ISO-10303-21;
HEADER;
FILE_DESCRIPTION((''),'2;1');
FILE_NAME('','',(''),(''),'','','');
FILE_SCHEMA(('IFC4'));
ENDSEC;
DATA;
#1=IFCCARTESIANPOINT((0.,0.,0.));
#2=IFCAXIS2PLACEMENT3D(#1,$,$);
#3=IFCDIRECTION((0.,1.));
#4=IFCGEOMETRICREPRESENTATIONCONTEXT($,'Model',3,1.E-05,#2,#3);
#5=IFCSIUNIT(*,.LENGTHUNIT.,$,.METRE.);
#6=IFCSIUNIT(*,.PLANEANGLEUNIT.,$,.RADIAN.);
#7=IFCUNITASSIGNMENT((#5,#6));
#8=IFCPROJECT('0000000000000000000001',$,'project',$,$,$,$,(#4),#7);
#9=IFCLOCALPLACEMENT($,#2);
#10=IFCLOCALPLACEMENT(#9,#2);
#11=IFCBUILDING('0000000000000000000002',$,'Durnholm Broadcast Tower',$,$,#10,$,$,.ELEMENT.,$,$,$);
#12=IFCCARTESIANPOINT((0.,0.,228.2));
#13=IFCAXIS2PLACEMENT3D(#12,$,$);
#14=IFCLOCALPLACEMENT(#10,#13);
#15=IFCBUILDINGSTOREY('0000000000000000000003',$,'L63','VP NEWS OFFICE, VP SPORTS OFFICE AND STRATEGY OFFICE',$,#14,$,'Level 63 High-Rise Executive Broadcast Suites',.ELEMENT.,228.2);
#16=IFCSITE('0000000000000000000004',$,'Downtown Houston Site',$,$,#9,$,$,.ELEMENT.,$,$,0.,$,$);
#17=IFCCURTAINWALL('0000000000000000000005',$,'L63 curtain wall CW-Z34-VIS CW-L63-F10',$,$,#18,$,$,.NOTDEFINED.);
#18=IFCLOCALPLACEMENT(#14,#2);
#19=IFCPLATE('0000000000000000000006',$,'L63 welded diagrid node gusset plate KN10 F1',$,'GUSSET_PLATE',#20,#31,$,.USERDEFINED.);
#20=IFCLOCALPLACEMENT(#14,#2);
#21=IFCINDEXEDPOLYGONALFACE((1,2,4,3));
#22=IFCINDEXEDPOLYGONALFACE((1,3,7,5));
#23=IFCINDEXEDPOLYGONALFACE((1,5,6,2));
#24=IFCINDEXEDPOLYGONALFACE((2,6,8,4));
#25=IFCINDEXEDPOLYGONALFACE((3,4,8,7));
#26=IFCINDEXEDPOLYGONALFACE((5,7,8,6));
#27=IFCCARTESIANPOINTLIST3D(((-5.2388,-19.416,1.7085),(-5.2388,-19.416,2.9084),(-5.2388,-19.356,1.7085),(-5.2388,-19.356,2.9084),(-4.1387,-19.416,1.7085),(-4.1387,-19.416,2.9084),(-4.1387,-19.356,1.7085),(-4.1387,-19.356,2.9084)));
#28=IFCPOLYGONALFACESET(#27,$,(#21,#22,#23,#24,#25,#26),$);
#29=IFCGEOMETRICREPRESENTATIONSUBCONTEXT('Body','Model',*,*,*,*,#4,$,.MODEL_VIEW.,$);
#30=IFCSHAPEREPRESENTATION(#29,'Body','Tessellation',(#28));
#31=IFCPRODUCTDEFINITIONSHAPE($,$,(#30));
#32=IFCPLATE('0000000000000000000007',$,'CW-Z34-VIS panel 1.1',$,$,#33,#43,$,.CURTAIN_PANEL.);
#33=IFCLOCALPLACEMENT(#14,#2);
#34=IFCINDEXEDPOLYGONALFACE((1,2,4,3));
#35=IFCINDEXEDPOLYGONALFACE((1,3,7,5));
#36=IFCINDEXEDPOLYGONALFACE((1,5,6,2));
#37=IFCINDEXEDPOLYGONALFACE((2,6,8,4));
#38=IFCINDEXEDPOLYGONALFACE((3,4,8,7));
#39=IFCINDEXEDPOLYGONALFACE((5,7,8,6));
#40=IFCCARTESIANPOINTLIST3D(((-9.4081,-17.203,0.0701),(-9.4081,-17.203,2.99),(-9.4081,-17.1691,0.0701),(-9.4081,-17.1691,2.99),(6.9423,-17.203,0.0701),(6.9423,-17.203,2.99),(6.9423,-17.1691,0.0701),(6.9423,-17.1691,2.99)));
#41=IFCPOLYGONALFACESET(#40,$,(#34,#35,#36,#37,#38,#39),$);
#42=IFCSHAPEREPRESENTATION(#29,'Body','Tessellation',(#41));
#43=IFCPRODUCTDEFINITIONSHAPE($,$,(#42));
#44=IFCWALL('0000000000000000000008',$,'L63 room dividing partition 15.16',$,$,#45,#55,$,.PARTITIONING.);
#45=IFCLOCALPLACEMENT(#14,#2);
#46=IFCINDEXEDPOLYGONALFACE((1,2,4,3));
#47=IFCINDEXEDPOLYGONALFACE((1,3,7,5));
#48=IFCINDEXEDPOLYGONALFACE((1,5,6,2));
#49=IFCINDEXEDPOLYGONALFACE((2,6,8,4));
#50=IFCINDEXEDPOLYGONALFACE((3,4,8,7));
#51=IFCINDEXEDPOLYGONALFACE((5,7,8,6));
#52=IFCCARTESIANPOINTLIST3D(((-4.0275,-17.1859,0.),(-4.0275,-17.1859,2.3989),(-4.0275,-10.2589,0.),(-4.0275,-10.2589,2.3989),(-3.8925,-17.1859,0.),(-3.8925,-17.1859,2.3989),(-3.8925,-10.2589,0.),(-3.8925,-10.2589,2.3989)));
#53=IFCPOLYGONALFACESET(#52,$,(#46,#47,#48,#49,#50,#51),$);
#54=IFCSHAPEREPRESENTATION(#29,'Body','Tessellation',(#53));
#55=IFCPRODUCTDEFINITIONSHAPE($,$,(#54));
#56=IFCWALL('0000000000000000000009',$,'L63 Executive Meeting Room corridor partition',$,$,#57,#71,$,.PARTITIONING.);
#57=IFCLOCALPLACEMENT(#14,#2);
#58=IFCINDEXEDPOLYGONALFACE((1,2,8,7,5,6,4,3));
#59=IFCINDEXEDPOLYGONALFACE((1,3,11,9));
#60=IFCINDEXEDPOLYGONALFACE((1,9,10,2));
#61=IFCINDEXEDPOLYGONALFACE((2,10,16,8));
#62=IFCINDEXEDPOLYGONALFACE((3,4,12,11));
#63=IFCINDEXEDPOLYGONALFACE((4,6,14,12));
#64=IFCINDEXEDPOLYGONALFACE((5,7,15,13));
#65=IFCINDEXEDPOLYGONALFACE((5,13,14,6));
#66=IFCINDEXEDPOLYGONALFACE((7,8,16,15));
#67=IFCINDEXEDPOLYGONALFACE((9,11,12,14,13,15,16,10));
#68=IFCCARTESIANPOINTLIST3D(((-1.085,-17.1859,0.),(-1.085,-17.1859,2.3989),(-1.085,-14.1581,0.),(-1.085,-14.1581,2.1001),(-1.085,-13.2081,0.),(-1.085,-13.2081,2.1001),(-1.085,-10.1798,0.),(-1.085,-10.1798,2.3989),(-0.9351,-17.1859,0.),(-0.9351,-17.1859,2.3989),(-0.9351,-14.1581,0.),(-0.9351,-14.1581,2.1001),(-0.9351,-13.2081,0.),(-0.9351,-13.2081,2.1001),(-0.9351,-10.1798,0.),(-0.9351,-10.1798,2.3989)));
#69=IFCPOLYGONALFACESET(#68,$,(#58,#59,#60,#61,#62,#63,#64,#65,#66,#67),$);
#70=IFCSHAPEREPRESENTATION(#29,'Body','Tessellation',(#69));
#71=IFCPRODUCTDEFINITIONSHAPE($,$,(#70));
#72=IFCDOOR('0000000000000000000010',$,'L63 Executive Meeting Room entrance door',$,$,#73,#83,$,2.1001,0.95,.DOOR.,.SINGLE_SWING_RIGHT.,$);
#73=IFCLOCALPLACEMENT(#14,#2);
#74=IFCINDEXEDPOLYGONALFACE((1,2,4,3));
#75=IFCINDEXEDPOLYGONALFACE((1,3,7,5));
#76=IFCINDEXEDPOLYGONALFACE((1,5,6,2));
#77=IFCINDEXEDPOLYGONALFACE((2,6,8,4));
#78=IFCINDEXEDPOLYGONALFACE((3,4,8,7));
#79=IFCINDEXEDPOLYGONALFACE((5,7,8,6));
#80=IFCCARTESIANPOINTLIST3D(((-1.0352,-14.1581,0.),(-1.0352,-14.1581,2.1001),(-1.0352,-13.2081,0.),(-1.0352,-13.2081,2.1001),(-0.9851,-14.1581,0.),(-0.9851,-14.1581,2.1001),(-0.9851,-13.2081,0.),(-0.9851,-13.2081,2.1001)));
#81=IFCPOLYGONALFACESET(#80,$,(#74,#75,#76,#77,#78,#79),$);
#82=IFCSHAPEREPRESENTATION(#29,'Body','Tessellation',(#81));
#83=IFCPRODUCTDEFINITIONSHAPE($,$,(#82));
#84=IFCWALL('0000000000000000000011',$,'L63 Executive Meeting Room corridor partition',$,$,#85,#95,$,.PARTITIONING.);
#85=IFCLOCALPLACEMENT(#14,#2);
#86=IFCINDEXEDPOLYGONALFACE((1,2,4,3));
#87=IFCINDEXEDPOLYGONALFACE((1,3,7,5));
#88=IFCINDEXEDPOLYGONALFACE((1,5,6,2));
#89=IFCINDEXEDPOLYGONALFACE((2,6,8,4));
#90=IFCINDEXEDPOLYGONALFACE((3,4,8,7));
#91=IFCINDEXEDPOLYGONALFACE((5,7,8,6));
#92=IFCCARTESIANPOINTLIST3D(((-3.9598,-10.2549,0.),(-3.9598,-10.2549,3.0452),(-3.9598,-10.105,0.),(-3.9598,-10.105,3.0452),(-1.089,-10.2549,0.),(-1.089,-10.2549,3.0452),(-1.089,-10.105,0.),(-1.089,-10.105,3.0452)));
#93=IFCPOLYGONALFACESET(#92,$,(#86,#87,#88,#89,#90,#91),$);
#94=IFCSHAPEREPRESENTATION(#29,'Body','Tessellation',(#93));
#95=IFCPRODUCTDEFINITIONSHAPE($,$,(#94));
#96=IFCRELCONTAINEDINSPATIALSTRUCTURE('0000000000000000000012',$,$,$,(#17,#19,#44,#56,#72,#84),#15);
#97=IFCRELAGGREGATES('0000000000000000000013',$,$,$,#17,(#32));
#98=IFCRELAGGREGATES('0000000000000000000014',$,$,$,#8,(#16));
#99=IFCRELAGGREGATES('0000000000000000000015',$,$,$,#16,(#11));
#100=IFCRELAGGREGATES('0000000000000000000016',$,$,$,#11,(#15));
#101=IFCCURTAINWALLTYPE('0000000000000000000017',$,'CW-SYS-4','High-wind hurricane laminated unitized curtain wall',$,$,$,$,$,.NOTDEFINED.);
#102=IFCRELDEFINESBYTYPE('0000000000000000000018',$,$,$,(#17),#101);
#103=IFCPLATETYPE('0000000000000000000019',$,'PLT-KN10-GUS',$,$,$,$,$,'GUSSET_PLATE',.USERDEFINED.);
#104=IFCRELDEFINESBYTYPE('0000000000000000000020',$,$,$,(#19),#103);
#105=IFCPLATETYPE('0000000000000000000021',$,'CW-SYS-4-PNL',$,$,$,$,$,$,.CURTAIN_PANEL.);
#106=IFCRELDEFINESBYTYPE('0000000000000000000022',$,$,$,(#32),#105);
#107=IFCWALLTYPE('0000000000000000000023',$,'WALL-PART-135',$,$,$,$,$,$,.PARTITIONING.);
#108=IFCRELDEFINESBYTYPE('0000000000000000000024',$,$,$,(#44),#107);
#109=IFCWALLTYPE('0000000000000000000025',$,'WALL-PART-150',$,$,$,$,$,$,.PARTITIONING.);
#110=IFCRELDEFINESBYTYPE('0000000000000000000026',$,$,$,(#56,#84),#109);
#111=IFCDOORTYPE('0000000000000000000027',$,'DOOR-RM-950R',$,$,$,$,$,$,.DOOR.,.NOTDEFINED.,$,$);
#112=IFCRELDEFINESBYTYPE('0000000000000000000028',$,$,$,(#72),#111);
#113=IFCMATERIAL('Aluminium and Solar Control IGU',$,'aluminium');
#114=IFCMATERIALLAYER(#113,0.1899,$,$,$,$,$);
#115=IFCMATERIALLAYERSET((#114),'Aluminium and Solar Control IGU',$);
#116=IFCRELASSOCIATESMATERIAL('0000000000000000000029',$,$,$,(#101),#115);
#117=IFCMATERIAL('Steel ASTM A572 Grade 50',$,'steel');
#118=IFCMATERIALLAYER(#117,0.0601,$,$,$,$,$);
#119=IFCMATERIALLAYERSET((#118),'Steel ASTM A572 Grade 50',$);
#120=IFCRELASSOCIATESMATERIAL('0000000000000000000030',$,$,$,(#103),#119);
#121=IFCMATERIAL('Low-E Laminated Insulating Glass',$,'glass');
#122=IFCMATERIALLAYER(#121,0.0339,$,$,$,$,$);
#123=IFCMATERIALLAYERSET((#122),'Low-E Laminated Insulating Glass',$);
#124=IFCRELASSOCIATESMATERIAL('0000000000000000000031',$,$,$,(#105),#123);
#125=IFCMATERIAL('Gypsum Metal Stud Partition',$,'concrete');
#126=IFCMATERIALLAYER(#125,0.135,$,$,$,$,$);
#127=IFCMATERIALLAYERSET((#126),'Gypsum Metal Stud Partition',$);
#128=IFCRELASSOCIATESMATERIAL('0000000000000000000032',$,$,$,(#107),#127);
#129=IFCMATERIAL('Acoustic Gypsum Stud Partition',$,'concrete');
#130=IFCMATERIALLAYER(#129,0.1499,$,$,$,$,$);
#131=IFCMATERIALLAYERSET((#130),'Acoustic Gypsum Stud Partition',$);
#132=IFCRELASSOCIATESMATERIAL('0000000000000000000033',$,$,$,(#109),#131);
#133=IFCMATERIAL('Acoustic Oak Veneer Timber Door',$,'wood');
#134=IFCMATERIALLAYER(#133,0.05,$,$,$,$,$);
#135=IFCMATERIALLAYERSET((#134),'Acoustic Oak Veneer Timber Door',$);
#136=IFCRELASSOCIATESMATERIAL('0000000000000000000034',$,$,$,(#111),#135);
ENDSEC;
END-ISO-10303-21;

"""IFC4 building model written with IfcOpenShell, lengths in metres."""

from ifc_helpers import new_model, si_unit, direction, frame, frame_2d, origin, origin_2d, place, context, subcontext, project, spatial, rectangle, extrude, source, transform, mapped, material, layer, layer_set, type_object, type_shapes, element, fill, aggregate, save


model = new_model("IFC4")

# Units and contexts
model_context = context("Model", 3, precision=1e-05, world=origin(), true_north=direction((0.0, 1.0)))
body_context = subcontext(model_context, "Body", "Model", "MODEL_VIEW")
ifc_project = project(units=[si_unit("LENGTHUNIT", "METRE"), si_unit("PLANEANGLEUNIT", "RADIAN")], contexts=[model_context])

# Site, building, storey
site_placement = place(None, origin())
site = spatial("IfcSite", under=ifc_project, at=site_placement, Name="Downtown Houston Site", CompositionType="ELEMENT", RefElevation=0.0)
building_placement = place(site_placement, origin())
building = spatial("IfcBuilding", under=site, at=building_placement, Name="Durnholm Broadcast Tower", CompositionType="ELEMENT")
storey_placement = place(building_placement, frame((0.0, 0.0, 228.2)))
storey = spatial("IfcBuildingStorey", under=building, at=storey_placement, Name="L63", Description="VP NEWS OFFICE, VP SPORTS OFFICE AND STRATEGY OFFICE", LongName="Level 63 High-Rise Executive Broadcast Suites", CompositionType="ELEMENT", Elevation=228.2)

# Shared definitions
ifc_material_1 = material(Name="Aluminium and Solar Control IGU", Category="aluminium")

# Curtain wall
ifc_layer_1 = layer(ifc_material_1, 0.1899)
ifc_layer_set_1 = layer_set([ifc_layer_1], Name="Aluminium and Solar Control IGU")
curtain_wall_type_1 = type_object("IfcCurtainWallType", Name="CW-SYS-4", Description="High-wind hurricane laminated unitized curtain wall", PredefinedType="NOTDEFINED", material=ifc_layer_set_1)
curtain_wall_1_placement = place(storey_placement, origin())
curtain_wall_1 = element("IfcCurtainWall", 1, at=curtain_wall_1_placement, inside=storey, type_object=curtain_wall_type_1, Name="L63 curtain wall CW-Z34-VIS CW-L63-F10", PredefinedType="NOTDEFINED")

# Plate
ifc_material_2 = material(Name="Steel ASTM A572 Grade 50", Category="steel")
ifc_layer_2 = layer(ifc_material_2, 0.0601)
ifc_layer_set_2 = layer_set([ifc_layer_2], Name="Steel ASTM A572 Grade 50")
plate_type_1 = type_object("IfcPlateType", Name="PLT-KN10-GUS", ElementType="GUSSET_PLATE", PredefinedType="USERDEFINED", material=ifc_layer_set_2)
shared_shape_1 = source(origin(), body_context, "Body", "SweptSolid", [
    extrude(rectangle(XDim=1.1001, YDim=0.0601, at=origin_2d()), origin(), (0.0, 0.0, 1.0), 1.2),
])
type_shapes(plate_type_1, [shared_shape_1])
plate_1_placement = place(storey_placement, frame((-4.6887, -19.386, 1.7085), z_axis=(0.0, 0.0, 1.0), x_axis=(1.0, 0.0, 0.0)))
element("IfcPlate", 2, at=plate_1_placement, inside=storey, type_object=plate_type_1, Name="L63 welded diagrid node gusset plate KN10 F1", ObjectType="GUSSET_PLATE", PredefinedType="USERDEFINED", context=body_context, shape_type="MappedRepresentation", body=[
    mapped(shared_shape_1, transform((0.0, 0.0, 0.0), x_axis=(1.0, 0.0, 0.0), y_axis=(0.0, 1.0, 0.0), z_axis=(0.0, 0.0, 1.0), scale=1.0)),
])

# Plate
ifc_material_3 = material(Name="Low-E Laminated Insulating Glass", Category="glass")
ifc_layer_3 = layer(ifc_material_3, 0.0339)
ifc_layer_set_3 = layer_set([ifc_layer_3], Name="Low-E Laminated Insulating Glass")
plate_type_2 = type_object("IfcPlateType", Name="CW-SYS-4-PNL", PredefinedType="CURTAIN_PANEL", material=ifc_layer_set_3)
shared_shape_2 = source(origin(), body_context, "Body", "SweptSolid", [
    extrude(rectangle(XDim=16.3503, YDim=0.0339, at=origin_2d()), origin(), (0.0, 0.0, 1.0), 2.9199),
])
type_shapes(plate_type_2, [shared_shape_2])
plate_2_placement = place(storey_placement, frame((-1.2329, -17.186, 0.0701), z_axis=(0.0, 0.0, 1.0), x_axis=(-1.0, 0.0, 0.0)))
plate_2 = element("IfcPlate", 3, at=plate_2_placement, type_object=plate_type_2, Name="CW-Z34-VIS panel 1.1", PredefinedType="CURTAIN_PANEL", context=body_context, shape_type="MappedRepresentation", body=[
    mapped(shared_shape_2, transform((0.0, 0.0, 0.0), x_axis=(1.0, 0.0, 0.0), y_axis=(0.0, 1.0, 0.0), z_axis=(0.0, 0.0, 1.0), scale=1.0)),
])
aggregate(curtain_wall_1, [plate_2])

# Wall
ifc_material_4 = material(Name="Gypsum Metal Stud Partition", Category="concrete")
ifc_layer_4 = layer(ifc_material_4, 0.135)
ifc_layer_set_4 = layer_set([ifc_layer_4], Name="Gypsum Metal Stud Partition")
wall_type_1 = type_object("IfcWallType", Name="WALL-PART-135", PredefinedType="PARTITIONING", material=ifc_layer_set_4)
wall_1_placement = place(storey_placement, frame((-3.96, -10.259, 0.0), z_axis=(0.0, 0.0, 1.0), x_axis=(0.0, -1.0, 0.0)))
element("IfcWall", 4, at=wall_1_placement, inside=storey, type_object=wall_type_1, Name="L63 room dividing partition 15.16", PredefinedType="PARTITIONING", context=body_context, shape_type="SweptSolid", body=[
    extrude(rectangle(XDim=6.927, YDim=0.135, at=frame_2d((3.4634, 0.0))), origin(), (0.0, 0.0, 1.0), 2.3989),
])

# Wall, opening, door
ifc_material_5 = material(Name="Acoustic Gypsum Stud Partition", Category="concrete")
ifc_layer_5 = layer(ifc_material_5, 0.1499)
ifc_layer_set_5 = layer_set([ifc_layer_5], Name="Acoustic Gypsum Stud Partition")
wall_type_2 = type_object("IfcWallType", Name="WALL-PART-150", PredefinedType="PARTITIONING", material=ifc_layer_set_5)
wall_2_placement = place(storey_placement, frame((-1.01, -10.1799, 0.0), z_axis=(0.0, 0.0, 1.0), x_axis=(0.0, -1.0, 0.0)))
wall_2 = element("IfcWall", 5, at=wall_2_placement, inside=storey, type_object=wall_type_2, Name="L63 Executive Meeting Room corridor partition", PredefinedType="PARTITIONING", context=body_context, shape_type="SweptSolid", body=[
    extrude(rectangle(XDim=7.0061, YDim=0.1499, at=frame_2d((3.5029, 0.0))), origin(), (0.0, 0.0, 1.0), 2.3989),
])
opening_placement = place(wall_2_placement, frame((3.0281, 0.0, 0.0)))
opening = element("IfcOpeningElement", 6, at=opening_placement, cuts=wall_2, PredefinedType="OPENING", context=body_context, shape_type="SweptSolid", body=[
    extrude(rectangle(XDim=0.95, YDim=2.1001, at=frame_2d((0.4751, 1.05))), frame((0.0, 0.085, 0.0), z_axis=(0.0, -1.0, 0.0), x_axis=(1.0, 0.0, 0.0)), (0.0, 0.0, 1.0), 0.1699),
])
ifc_material_6 = material(Name="Acoustic Oak Veneer Timber Door", Category="wood")
ifc_layer_6 = layer(ifc_material_6, 0.05)
ifc_layer_set_6 = layer_set([ifc_layer_6], Name="Acoustic Oak Veneer Timber Door")
door_type = type_object("IfcDoorType", Name="DOOR-RM-950R", OperationType="NOTDEFINED", PredefinedType="DOOR", material=ifc_layer_set_6)
shared_shape_3 = source(origin(), body_context, "Body", "SweptSolid", [
    extrude(rectangle(XDim=0.95, YDim=2.1001, at=frame_2d((0.4751, 1.05))), frame((0.0, 0.0249, 0.0), z_axis=(0.0, -1.0, 0.0), x_axis=(1.0, 0.0, 0.0)), (0.0, 0.0, 1.0), 0.05),
])
type_shapes(door_type, [shared_shape_3])
door_placement = place(opening_placement, origin())
door = element("IfcDoor", 7, at=door_placement, inside=storey, type_object=door_type, Name="L63 Executive Meeting Room entrance door", OperationType="SINGLE_SWING_RIGHT", OverallHeight=2.1001, OverallWidth=0.95, PredefinedType="DOOR", context=body_context, shape_type="MappedRepresentation", body=[
    mapped(shared_shape_3, transform((0.0, 0.0, 0.0), x_axis=(1.0, 0.0, 0.0), y_axis=(0.0, 1.0, 0.0), z_axis=(0.0, 0.0, 1.0), scale=1.0)),
])
fill(opening, door)

# Wall
wall_3_placement = place(storey_placement, frame((-3.96, -10.1799, 0.0), z_axis=(0.0, 0.0, 1.0), x_axis=(1.0, 0.0, 0.0)))
element("IfcWall", 8, at=wall_3_placement, inside=storey, type_object=wall_type_2, Name="L63 Executive Meeting Room corridor partition", PredefinedType="PARTITIONING", context=body_context, shape_type="SweptSolid", body=[
    extrude(rectangle(XDim=2.8708, YDim=0.1499, at=frame_2d((1.4355, 0.0))), origin(), (0.0, 0.0, 1.0), 3.0452),
])

save(model, "model.ifc")
